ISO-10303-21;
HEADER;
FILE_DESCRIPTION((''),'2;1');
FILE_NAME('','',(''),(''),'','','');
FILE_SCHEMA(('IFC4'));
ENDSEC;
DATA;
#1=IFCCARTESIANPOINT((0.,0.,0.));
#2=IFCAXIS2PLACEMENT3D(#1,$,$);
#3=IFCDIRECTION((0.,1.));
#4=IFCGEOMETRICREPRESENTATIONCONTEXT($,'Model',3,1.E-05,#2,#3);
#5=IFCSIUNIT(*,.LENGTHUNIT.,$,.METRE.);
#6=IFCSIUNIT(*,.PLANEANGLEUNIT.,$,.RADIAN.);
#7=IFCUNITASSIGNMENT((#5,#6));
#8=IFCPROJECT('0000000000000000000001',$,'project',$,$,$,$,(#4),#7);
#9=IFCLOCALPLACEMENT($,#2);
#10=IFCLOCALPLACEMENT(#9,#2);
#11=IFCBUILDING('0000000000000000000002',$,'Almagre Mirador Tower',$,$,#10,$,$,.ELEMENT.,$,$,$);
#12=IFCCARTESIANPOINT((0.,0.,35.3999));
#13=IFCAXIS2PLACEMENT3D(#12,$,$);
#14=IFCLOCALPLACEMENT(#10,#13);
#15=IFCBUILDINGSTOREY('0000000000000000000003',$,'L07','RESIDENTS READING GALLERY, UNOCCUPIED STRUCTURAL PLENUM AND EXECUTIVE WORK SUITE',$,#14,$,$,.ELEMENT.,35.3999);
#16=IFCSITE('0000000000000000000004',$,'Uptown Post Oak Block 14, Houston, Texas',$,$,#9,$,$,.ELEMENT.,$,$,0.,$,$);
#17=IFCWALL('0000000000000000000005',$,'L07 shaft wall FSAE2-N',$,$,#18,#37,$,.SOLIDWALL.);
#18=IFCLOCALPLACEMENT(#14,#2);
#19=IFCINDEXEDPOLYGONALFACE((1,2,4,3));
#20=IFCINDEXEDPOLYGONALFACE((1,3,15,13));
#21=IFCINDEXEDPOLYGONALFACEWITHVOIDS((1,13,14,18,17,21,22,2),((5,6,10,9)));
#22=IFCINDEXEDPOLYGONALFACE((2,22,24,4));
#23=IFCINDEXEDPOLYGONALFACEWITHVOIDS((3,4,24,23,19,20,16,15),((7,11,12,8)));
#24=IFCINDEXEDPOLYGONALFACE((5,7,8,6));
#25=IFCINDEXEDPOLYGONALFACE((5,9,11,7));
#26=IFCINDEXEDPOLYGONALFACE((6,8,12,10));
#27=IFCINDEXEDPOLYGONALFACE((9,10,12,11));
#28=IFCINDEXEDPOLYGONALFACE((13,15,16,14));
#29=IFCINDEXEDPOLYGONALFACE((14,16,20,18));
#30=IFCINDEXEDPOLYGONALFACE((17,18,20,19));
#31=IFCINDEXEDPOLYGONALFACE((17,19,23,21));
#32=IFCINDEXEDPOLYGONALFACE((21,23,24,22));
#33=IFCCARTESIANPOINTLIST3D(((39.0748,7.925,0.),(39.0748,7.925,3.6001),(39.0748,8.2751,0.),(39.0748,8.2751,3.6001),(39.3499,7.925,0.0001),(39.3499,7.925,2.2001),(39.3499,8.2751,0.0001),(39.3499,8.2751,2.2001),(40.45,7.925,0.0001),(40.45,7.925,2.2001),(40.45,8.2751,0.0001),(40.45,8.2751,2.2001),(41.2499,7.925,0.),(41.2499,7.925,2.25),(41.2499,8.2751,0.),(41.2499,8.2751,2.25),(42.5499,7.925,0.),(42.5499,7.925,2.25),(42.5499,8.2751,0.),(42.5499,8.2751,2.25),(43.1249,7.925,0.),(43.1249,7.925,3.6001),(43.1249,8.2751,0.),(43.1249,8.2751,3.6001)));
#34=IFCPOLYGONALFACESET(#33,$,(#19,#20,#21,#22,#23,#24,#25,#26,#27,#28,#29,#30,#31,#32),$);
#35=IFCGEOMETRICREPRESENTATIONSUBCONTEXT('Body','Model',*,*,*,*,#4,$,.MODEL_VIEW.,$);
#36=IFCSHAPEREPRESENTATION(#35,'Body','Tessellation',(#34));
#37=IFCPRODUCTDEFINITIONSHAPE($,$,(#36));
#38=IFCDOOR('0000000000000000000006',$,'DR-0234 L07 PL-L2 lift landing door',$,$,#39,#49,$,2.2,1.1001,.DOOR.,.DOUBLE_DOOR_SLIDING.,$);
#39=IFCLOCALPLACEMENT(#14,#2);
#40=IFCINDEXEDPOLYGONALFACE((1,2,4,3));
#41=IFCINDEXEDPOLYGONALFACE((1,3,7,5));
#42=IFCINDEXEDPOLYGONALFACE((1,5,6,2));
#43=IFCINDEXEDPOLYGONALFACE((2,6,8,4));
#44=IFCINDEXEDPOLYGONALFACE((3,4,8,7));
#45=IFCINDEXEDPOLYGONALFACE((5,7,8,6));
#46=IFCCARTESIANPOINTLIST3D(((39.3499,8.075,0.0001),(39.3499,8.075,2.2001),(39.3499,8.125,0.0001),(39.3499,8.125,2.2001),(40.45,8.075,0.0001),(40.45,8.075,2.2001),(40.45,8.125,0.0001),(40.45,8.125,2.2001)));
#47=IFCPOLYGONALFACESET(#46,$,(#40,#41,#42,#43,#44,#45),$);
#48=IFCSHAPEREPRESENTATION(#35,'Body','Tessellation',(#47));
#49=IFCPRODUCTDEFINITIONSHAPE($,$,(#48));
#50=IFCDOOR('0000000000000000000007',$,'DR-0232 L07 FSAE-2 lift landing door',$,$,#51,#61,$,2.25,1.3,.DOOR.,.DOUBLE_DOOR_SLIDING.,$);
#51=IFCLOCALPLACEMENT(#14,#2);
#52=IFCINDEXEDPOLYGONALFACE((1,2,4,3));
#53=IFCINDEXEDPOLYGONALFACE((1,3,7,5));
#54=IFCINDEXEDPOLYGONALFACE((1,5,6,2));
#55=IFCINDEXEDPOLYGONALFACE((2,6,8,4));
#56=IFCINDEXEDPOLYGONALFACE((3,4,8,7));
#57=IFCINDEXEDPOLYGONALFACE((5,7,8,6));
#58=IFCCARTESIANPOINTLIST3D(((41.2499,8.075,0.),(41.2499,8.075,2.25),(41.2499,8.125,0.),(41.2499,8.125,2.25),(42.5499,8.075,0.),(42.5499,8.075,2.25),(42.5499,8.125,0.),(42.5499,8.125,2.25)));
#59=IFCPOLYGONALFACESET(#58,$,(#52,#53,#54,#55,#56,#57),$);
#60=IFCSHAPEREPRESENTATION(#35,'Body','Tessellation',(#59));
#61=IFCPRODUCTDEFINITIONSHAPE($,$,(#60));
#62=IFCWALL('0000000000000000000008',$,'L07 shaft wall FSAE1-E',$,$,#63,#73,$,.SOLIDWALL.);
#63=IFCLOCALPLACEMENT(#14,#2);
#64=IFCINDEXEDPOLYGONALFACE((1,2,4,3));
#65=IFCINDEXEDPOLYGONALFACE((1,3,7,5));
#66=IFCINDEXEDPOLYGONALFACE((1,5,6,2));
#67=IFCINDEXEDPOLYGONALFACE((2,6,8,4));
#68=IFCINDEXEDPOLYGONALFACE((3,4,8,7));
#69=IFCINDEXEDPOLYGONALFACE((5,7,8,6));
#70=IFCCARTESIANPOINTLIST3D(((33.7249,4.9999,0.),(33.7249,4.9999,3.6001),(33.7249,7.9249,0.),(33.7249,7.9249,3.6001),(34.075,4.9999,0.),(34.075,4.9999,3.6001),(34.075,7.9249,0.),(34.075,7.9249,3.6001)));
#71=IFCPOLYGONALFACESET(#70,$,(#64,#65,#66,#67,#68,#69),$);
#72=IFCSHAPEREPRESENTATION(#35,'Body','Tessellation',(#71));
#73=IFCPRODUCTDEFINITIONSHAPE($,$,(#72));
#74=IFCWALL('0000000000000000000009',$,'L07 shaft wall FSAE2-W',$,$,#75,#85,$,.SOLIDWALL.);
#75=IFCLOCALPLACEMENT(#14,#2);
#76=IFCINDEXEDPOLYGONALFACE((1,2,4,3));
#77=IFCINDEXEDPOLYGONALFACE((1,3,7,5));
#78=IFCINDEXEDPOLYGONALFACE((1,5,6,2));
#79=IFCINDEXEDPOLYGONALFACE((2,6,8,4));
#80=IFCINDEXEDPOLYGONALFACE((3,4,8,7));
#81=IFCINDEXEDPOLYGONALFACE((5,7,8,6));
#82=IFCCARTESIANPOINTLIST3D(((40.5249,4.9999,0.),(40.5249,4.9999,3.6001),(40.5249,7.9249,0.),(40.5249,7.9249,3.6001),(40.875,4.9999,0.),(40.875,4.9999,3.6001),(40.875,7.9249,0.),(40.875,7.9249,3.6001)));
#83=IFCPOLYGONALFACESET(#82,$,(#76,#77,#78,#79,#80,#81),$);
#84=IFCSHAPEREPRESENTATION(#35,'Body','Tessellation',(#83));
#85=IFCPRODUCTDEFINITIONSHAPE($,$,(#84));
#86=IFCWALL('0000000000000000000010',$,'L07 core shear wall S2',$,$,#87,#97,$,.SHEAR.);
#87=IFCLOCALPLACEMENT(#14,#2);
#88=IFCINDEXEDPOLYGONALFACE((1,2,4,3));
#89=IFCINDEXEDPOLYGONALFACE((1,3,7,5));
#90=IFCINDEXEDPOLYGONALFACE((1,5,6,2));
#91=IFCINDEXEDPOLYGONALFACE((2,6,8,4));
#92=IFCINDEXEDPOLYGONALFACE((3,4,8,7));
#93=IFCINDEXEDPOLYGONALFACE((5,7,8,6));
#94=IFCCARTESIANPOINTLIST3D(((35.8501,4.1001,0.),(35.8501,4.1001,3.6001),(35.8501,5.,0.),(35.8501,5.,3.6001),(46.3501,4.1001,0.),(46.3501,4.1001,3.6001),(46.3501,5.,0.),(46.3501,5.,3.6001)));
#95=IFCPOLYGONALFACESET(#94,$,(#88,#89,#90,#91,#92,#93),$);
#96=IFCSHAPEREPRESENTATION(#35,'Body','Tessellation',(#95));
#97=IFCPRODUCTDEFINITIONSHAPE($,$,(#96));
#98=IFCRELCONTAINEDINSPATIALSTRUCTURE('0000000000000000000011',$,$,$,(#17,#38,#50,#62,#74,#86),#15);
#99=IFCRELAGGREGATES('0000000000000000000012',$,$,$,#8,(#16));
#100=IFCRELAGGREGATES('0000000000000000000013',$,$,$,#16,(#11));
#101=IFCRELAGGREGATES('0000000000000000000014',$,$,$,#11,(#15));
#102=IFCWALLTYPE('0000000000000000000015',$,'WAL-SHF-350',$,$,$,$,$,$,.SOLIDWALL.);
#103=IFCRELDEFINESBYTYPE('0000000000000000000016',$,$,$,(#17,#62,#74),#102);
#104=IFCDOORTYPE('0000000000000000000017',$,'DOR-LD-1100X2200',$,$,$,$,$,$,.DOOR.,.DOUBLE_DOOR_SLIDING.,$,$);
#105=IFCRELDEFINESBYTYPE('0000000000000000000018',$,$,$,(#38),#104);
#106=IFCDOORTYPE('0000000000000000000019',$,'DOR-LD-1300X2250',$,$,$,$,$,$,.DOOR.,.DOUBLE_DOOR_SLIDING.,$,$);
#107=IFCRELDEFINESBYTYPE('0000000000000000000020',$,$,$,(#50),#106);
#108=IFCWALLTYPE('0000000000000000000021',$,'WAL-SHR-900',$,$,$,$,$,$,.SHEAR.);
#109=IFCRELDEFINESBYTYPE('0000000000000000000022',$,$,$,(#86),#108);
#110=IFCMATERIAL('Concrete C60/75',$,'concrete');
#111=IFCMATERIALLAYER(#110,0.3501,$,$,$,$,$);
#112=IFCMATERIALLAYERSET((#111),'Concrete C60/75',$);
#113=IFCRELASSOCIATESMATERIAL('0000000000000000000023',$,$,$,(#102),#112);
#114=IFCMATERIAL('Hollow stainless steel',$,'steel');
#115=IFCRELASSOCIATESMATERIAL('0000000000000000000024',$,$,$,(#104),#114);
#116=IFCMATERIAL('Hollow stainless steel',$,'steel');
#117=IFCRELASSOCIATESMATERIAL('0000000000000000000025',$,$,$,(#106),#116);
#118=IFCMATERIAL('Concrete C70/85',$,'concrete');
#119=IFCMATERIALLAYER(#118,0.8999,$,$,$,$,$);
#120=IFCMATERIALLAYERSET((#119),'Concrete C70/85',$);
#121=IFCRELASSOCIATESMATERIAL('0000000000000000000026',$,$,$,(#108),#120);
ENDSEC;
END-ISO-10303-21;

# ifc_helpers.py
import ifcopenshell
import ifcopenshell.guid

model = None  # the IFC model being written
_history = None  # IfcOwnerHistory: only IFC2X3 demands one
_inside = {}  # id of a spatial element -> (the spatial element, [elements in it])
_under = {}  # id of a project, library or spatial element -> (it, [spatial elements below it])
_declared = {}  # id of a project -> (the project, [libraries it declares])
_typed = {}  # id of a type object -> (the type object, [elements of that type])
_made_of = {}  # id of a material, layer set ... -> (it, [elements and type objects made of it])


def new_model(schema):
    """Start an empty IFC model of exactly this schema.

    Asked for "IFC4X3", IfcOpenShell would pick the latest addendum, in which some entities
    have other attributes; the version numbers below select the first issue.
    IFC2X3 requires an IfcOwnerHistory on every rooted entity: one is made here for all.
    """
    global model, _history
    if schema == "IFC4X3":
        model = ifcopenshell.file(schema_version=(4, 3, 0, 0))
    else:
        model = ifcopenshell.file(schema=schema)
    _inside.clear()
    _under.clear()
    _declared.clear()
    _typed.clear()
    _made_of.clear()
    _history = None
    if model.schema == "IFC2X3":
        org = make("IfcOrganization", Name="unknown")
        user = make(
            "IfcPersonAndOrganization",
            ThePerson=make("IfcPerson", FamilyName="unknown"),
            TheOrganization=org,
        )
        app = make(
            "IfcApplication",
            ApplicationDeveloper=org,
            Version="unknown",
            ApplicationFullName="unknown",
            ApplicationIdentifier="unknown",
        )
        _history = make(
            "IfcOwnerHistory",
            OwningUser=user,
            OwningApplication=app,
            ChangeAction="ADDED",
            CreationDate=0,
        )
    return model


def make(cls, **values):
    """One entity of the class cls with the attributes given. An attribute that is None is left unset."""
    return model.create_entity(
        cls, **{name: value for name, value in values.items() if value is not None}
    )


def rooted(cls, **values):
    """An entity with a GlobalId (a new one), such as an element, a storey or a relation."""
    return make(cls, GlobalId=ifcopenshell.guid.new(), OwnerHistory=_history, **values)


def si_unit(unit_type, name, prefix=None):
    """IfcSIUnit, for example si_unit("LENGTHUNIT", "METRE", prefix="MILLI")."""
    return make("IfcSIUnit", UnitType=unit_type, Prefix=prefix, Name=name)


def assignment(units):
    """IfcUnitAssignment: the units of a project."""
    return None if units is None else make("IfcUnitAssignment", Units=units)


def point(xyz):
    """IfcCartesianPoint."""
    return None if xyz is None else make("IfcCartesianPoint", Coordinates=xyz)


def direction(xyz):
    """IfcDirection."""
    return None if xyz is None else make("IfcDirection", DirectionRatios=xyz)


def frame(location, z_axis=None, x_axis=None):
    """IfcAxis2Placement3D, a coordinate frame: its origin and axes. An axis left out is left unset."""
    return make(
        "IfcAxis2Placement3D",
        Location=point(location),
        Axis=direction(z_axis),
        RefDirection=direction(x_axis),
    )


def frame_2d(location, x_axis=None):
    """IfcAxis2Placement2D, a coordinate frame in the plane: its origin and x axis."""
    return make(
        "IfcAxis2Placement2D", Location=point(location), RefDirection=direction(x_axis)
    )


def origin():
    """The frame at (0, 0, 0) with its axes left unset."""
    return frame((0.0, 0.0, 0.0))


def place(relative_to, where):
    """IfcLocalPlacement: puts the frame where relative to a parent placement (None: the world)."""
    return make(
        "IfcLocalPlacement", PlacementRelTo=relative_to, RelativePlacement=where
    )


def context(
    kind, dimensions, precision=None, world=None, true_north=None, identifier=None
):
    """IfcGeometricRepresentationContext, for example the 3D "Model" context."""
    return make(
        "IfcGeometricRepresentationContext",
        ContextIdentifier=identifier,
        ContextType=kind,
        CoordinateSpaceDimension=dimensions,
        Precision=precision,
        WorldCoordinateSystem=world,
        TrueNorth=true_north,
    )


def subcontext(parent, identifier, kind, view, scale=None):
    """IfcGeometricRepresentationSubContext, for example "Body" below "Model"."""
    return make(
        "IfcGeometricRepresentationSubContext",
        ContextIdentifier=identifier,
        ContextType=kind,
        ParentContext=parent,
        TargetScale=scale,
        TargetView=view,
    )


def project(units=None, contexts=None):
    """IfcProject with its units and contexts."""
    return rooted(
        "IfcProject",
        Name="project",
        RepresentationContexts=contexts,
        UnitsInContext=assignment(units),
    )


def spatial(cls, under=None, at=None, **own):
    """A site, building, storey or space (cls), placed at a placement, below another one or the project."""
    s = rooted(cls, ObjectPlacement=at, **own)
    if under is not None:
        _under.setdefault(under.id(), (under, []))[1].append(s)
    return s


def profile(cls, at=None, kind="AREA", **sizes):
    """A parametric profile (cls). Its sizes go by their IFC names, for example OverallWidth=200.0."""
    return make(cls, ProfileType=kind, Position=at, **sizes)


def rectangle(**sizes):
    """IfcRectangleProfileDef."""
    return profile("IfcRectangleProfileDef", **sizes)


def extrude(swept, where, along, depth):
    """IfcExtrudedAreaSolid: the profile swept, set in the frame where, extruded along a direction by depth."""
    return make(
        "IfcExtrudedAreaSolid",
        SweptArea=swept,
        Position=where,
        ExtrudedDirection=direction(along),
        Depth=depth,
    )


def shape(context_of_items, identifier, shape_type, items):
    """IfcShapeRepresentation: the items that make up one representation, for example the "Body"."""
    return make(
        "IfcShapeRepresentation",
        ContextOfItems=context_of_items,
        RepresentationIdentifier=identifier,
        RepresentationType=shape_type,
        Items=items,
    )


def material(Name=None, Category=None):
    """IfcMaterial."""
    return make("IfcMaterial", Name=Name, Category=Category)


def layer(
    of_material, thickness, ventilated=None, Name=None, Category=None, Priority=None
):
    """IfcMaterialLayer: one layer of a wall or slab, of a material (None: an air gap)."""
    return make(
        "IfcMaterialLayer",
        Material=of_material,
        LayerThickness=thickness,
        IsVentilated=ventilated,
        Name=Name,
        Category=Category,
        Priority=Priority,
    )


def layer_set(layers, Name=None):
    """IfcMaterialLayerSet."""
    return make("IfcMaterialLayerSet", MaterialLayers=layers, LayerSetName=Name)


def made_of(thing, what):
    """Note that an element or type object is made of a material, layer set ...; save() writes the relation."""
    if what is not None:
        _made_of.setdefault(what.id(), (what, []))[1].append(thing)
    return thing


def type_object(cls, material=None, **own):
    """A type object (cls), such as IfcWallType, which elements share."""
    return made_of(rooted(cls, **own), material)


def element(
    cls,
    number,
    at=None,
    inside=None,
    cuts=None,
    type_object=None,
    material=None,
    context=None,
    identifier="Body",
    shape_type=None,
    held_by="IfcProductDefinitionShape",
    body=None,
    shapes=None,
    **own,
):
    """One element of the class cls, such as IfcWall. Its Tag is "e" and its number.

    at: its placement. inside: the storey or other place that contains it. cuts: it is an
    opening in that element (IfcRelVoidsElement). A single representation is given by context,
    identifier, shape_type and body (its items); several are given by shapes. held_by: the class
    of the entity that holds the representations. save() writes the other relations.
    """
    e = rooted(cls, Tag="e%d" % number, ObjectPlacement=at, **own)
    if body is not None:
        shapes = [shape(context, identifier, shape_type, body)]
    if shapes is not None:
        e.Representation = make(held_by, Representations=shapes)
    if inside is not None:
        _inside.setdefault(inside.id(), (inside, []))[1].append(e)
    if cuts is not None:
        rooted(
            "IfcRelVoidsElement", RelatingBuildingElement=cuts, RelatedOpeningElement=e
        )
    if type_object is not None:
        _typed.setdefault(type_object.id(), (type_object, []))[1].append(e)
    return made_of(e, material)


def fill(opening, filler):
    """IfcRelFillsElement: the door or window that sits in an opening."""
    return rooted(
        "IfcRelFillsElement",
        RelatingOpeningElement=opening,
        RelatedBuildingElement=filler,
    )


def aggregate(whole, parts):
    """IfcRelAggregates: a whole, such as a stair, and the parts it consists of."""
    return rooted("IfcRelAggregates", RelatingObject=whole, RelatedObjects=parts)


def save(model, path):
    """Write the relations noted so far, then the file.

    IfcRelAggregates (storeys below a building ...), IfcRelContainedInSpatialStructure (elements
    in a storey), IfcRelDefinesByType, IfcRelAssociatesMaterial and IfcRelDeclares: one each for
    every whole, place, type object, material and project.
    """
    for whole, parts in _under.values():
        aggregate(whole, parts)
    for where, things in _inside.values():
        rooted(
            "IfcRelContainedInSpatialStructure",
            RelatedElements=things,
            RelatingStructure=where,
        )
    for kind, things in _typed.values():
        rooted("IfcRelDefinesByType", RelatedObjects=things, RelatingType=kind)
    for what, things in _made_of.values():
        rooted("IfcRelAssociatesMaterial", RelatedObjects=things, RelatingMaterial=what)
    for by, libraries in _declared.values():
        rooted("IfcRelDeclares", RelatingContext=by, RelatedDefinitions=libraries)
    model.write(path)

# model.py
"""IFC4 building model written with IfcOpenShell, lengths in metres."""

from ifc_helpers import new_model, si_unit, direction, frame, frame_2d, origin, place, context, subcontext, project, spatial, rectangle, extrude, material, layer, layer_set, type_object, element, fill, save


model = new_model("IFC4")

# Units and contexts
model_context = context("Model", 3, precision=1e-05, world=origin(), true_north=direction((0.0, 1.0)))
body_context = subcontext(model_context, "Body", "Model", "MODEL_VIEW")
ifc_project = project(units=[si_unit("LENGTHUNIT", "METRE"), si_unit("PLANEANGLEUNIT", "RADIAN")], contexts=[model_context])

# Site, building, storey
site_placement = place(None, origin())
site = spatial("IfcSite", under=ifc_project, at=site_placement, Name="Uptown Post Oak Block 14, Houston, Texas", CompositionType="ELEMENT", RefElevation=0.0)
building_placement = place(site_placement, origin())
building = spatial("IfcBuilding", under=site, at=building_placement, Name="Almagre Mirador Tower", CompositionType="ELEMENT")
storey_placement = place(building_placement, frame((0.0, 0.0, 35.3999)))
storey = spatial("IfcBuildingStorey", under=building, at=storey_placement, Name="L07", Description="RESIDENTS READING GALLERY, UNOCCUPIED STRUCTURAL PLENUM AND EXECUTIVE WORK SUITE", CompositionType="ELEMENT", Elevation=35.3999)

# Shared definitions
ifc_material_1 = material(Name="Concrete C60/75", Category="concrete")
ifc_layer_1 = layer(ifc_material_1, 0.3501)
ifc_layer_set_1 = layer_set([ifc_layer_1], Name="Concrete C60/75")
wall_type_1 = type_object("IfcWallType", Name="WAL-SHF-350", PredefinedType="SOLIDWALL", material=ifc_layer_set_1)

# Wall, openings, doors
wall_1_placement = place(storey_placement, frame((39.075, 8.1001, 0.0), z_axis=(0.0, 0.0, 1.0), x_axis=(1.0, 0.0, 0.0)))
wall_1 = element("IfcWall", 1, at=wall_1_placement, inside=storey, type_object=wall_type_1, Name="L07 shaft wall FSAE2-N", PredefinedType="SOLIDWALL", context=body_context, shape_type="SweptSolid", body=[
    extrude(rectangle(XDim=4.05, YDim=0.3501, at=frame_2d((2.0249, 0.0))), origin(), (0.0, 0.0, 1.0), 3.6001),
])
opening_1_placement = place(wall_1_placement, frame((2.175, 0.0, 0.0)))
opening_1 = element("IfcOpeningElement", 2, at=opening_1_placement, cuts=wall_1, PredefinedType="OPENING", context=body_context, shape_type="SweptSolid", body=[
    extrude(rectangle(XDim=1.3, YDim=2.25, at=frame_2d((0.6499, 1.125))), frame((0.0, 0.185, 0.0), z_axis=(0.0, -1.0, 0.0), x_axis=(1.0, 0.0, 0.0)), (0.0, 0.0, 1.0), 0.3701),
])
opening_2_placement = place(wall_1_placement, frame((0.2749, 0.0, 0.0)))
opening_2 = element("IfcOpeningElement", 3, at=opening_2_placement, cuts=wall_1, PredefinedType="OPENING", context=body_context, shape_type="SweptSolid", body=[
    extrude(rectangle(XDim=1.1001, YDim=2.2, at=frame_2d((0.55, 1.1001))), frame((0.0, 0.185, 0.0), z_axis=(0.0, -1.0, 0.0), x_axis=(1.0, 0.0, 0.0)), (0.0, 0.0, 1.0), 0.3701),
])
ifc_material_2 = material(Name="Hollow stainless steel", Category="steel")
door_type_1 = type_object("IfcDoorType", Name="DOR-LD-1100X2200", OperationType="DOUBLE_DOOR_SLIDING", PredefinedType="DOOR", material=ifc_material_2)
door_1_placement = place(opening_2_placement, origin())
door_1 = element("IfcDoor", 4, at=door_1_placement, inside=storey, type_object=door_type_1, Name="DR-0234 L07 PL-L2 lift landing door", OperationType="DOUBLE_DOOR_SLIDING", OverallHeight=2.2, OverallWidth=1.1001, PredefinedType="DOOR", context=body_context, shape_type="SweptSolid", body=[
    extrude(rectangle(XDim=1.1001, YDim=2.2, at=frame_2d((0.55, 1.1001))), frame((0.0, 0.0249, 0.0), z_axis=(0.0, -1.0, 0.0), x_axis=(1.0, 0.0, 0.0)), (0.0, 0.0, 1.0), 0.05),
])
fill(opening_2, door_1)
ifc_material_3 = material(Name="Hollow stainless steel", Category="steel")
door_type_2 = type_object("IfcDoorType", Name="DOR-LD-1300X2250", OperationType="DOUBLE_DOOR_SLIDING", PredefinedType="DOOR", material=ifc_material_3)
door_2_placement = place(opening_1_placement, origin())
door_2 = element("IfcDoor", 5, at=door_2_placement, inside=storey, type_object=door_type_2, Name="DR-0232 L07 FSAE-2 lift landing door", OperationType="DOUBLE_DOOR_SLIDING", OverallHeight=2.25, OverallWidth=1.3, PredefinedType="DOOR", context=body_context, shape_type="SweptSolid", body=[
    extrude(rectangle(XDim=1.3, YDim=2.25, at=frame_2d((0.6499, 1.125))), frame((0.0, 0.0249, 0.0), z_axis=(0.0, -1.0, 0.0), x_axis=(1.0, 0.0, 0.0)), (0.0, 0.0, 1.0), 0.05),
])
fill(opening_1, door_2)

# Walls
for number, where, z_axis, x_axis, name in (
    (6, (33.8999, 5.0, 0.0), (0.0, 0.0, 1.0), (0.0, 1.0, 0.0), "L07 shaft wall FSAE1-E"),
    (7, (40.7, 5.0, 0.0), (0.0, 0.0, 1.0), (0.0, 1.0, 0.0), "L07 shaft wall FSAE2-W"),
):
    element("IfcWall", number, at=place(storey_placement, frame(where, z_axis=z_axis, x_axis=x_axis)), inside=storey, type_object=wall_type_1, Name=name, PredefinedType="SOLIDWALL", context=body_context, shape_type="SweptSolid", body=[
        extrude(rectangle(XDim=2.925, YDim=0.3501, at=frame_2d((1.4624, 0.0))), origin(), (0.0, 0.0, 1.0), 3.6001),
    ])
ifc_material_4 = material(Name="Concrete C70/85", Category="concrete")
ifc_layer_2 = layer(ifc_material_4, 0.8999)
ifc_layer_set_2 = layer_set([ifc_layer_2], Name="Concrete C70/85")
wall_type_2 = type_object("IfcWallType", Name="WAL-SHR-900", PredefinedType="SHEAR", material=ifc_layer_set_2)
wall_2_placement = place(storey_placement, frame((35.8501, 4.55, 0.0), z_axis=(0.0, 0.0, 1.0), x_axis=(1.0, 0.0, 0.0)))
element("IfcWall", 8, at=wall_2_placement, inside=storey, type_object=wall_type_2, Name="L07 core shear wall S2", PredefinedType="SHEAR", context=body_context, shape_type="SweptSolid", body=[
    extrude(rectangle(XDim=10.5, YDim=0.8999, at=frame_2d((5.25, 0.0))), origin(), (0.0, 0.0, 1.0), 3.6001),
])

save(model, "model.ifc")
